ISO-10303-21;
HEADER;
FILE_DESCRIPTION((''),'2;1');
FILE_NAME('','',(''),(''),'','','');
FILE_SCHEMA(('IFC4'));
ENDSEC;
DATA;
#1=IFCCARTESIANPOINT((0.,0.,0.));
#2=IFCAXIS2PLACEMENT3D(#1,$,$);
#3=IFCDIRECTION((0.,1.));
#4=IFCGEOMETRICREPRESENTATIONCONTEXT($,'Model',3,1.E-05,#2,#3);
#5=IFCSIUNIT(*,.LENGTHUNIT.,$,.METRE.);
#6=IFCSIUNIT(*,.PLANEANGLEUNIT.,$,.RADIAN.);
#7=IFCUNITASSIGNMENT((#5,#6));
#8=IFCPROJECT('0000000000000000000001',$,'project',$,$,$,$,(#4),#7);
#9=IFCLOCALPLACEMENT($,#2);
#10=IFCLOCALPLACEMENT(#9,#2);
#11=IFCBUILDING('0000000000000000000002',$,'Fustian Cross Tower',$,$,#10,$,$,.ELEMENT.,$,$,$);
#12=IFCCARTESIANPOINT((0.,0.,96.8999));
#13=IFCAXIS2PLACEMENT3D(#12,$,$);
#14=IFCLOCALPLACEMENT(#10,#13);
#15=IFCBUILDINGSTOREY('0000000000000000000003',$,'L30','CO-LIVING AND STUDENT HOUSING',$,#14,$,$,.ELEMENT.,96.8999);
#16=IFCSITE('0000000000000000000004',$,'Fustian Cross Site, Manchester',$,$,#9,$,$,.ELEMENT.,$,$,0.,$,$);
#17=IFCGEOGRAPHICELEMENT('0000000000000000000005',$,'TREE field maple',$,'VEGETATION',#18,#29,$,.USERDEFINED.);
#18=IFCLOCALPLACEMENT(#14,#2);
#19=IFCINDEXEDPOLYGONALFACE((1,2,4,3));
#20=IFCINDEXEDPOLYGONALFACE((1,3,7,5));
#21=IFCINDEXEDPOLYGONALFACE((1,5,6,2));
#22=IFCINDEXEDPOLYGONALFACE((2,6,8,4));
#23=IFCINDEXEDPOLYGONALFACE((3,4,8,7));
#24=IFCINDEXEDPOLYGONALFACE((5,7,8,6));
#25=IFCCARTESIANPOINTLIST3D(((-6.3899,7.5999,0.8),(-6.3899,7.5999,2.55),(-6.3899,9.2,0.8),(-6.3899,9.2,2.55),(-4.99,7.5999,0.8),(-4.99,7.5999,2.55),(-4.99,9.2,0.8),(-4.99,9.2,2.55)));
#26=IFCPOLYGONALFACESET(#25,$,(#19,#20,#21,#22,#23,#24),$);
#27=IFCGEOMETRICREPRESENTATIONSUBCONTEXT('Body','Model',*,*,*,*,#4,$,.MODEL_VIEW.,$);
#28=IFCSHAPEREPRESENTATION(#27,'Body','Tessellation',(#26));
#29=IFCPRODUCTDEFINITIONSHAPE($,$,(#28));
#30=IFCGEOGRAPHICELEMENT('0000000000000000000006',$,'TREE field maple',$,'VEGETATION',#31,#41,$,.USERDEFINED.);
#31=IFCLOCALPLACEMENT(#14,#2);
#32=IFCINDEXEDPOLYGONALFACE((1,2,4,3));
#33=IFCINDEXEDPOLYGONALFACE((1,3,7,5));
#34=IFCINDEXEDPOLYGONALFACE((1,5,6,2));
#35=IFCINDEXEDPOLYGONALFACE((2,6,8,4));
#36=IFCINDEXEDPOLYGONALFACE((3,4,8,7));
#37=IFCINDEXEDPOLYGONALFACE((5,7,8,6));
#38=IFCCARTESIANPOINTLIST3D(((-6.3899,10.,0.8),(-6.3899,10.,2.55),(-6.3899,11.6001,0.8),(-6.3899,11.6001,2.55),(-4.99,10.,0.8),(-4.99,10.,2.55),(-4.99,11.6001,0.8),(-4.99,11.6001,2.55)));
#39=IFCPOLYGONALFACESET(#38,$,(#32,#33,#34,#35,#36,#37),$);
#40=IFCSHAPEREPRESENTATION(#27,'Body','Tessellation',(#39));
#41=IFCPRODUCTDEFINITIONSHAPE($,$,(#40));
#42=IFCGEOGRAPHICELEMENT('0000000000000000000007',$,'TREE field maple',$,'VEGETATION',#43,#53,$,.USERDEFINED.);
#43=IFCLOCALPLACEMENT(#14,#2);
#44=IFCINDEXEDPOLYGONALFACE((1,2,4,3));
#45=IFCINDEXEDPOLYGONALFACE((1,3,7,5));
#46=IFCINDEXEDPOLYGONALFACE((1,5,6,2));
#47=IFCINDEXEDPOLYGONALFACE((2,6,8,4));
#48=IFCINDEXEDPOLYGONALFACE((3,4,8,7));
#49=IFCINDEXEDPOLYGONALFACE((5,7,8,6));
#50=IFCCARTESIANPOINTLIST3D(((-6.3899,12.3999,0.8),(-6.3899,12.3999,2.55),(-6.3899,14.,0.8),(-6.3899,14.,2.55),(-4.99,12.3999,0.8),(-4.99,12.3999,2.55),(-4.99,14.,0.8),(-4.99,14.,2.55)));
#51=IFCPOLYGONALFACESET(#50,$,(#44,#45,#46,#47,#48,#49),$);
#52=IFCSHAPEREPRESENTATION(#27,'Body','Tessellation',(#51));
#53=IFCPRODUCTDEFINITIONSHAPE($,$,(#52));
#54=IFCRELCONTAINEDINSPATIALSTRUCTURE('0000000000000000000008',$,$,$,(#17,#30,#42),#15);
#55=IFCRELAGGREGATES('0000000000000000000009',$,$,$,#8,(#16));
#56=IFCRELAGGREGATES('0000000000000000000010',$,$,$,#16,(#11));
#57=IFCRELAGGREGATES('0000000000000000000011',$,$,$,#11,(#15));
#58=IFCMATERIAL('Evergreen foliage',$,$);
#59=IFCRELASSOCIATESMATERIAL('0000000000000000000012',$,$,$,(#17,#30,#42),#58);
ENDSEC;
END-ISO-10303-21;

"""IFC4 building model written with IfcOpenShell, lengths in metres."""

from ifc_helpers import new_model, si_unit, direction, frame, origin, origin_2d, place, context, subcontext, project, spatial, rectangle, extrude, material, element, save


model = new_model("IFC4")

# Units and contexts
model_context = context("Model", 3, precision=1e-05, world=origin(), true_north=direction((0.0, 1.0)))
body_context = subcontext(model_context, "Body", "Model", "MODEL_VIEW")
ifc_project = project(units=[si_unit("LENGTHUNIT", "METRE"), si_unit("PLANEANGLEUNIT", "RADIAN")], contexts=[model_context])

# Site, building, storey
site_placement = place(None, origin())
site = spatial("IfcSite", under=ifc_project, at=site_placement, Name="Fustian Cross Site, Manchester", CompositionType="ELEMENT", RefElevation=0.0)
building_placement = place(site_placement, origin())
building = spatial("IfcBuilding", under=site, at=building_placement, Name="Fustian Cross Tower", CompositionType="ELEMENT")
storey_placement = place(building_placement, frame((0.0, 0.0, 96.8999)))
storey = spatial("IfcBuildingStorey", under=building, at=storey_placement, Name="L30", Description="CO-LIVING AND STUDENT HOUSING", CompositionType="ELEMENT", Elevation=96.8999)

# Geographic elements
ifc_material_1 = material(Name="Evergreen foliage")
for number, where, z_axis, x_axis, name in (
    (1, (-5.6899, 8.3999, 0.8), (0.0, 0.0, 1.0), (1.0, 0.0, 0.0), "TREE field maple"),
    (2, (-5.6899, 10.8, 0.8), (0.0, 0.0, 1.0), (1.0, 0.0, 0.0), "TREE field maple"),
    (3, (-5.6899, 13.2, 0.8), (0.0, 0.0, 1.0), (1.0, 0.0, 0.0), "TREE field maple"),
):
    element("IfcGeographicElement", number, at=place(storey_placement, frame(where, z_axis=z_axis, x_axis=x_axis)), inside=storey, material=ifc_material_1, Name=name, ObjectType="VEGETATION", PredefinedType="USERDEFINED", context=body_context, shape_type="SweptSolid", body=[
        extrude(rectangle(XDim=1.3999, YDim=1.6001, at=origin_2d()), origin(), (0.0, 0.0, 1.0), 1.75),
    ])

save(model, "model.ifc")
